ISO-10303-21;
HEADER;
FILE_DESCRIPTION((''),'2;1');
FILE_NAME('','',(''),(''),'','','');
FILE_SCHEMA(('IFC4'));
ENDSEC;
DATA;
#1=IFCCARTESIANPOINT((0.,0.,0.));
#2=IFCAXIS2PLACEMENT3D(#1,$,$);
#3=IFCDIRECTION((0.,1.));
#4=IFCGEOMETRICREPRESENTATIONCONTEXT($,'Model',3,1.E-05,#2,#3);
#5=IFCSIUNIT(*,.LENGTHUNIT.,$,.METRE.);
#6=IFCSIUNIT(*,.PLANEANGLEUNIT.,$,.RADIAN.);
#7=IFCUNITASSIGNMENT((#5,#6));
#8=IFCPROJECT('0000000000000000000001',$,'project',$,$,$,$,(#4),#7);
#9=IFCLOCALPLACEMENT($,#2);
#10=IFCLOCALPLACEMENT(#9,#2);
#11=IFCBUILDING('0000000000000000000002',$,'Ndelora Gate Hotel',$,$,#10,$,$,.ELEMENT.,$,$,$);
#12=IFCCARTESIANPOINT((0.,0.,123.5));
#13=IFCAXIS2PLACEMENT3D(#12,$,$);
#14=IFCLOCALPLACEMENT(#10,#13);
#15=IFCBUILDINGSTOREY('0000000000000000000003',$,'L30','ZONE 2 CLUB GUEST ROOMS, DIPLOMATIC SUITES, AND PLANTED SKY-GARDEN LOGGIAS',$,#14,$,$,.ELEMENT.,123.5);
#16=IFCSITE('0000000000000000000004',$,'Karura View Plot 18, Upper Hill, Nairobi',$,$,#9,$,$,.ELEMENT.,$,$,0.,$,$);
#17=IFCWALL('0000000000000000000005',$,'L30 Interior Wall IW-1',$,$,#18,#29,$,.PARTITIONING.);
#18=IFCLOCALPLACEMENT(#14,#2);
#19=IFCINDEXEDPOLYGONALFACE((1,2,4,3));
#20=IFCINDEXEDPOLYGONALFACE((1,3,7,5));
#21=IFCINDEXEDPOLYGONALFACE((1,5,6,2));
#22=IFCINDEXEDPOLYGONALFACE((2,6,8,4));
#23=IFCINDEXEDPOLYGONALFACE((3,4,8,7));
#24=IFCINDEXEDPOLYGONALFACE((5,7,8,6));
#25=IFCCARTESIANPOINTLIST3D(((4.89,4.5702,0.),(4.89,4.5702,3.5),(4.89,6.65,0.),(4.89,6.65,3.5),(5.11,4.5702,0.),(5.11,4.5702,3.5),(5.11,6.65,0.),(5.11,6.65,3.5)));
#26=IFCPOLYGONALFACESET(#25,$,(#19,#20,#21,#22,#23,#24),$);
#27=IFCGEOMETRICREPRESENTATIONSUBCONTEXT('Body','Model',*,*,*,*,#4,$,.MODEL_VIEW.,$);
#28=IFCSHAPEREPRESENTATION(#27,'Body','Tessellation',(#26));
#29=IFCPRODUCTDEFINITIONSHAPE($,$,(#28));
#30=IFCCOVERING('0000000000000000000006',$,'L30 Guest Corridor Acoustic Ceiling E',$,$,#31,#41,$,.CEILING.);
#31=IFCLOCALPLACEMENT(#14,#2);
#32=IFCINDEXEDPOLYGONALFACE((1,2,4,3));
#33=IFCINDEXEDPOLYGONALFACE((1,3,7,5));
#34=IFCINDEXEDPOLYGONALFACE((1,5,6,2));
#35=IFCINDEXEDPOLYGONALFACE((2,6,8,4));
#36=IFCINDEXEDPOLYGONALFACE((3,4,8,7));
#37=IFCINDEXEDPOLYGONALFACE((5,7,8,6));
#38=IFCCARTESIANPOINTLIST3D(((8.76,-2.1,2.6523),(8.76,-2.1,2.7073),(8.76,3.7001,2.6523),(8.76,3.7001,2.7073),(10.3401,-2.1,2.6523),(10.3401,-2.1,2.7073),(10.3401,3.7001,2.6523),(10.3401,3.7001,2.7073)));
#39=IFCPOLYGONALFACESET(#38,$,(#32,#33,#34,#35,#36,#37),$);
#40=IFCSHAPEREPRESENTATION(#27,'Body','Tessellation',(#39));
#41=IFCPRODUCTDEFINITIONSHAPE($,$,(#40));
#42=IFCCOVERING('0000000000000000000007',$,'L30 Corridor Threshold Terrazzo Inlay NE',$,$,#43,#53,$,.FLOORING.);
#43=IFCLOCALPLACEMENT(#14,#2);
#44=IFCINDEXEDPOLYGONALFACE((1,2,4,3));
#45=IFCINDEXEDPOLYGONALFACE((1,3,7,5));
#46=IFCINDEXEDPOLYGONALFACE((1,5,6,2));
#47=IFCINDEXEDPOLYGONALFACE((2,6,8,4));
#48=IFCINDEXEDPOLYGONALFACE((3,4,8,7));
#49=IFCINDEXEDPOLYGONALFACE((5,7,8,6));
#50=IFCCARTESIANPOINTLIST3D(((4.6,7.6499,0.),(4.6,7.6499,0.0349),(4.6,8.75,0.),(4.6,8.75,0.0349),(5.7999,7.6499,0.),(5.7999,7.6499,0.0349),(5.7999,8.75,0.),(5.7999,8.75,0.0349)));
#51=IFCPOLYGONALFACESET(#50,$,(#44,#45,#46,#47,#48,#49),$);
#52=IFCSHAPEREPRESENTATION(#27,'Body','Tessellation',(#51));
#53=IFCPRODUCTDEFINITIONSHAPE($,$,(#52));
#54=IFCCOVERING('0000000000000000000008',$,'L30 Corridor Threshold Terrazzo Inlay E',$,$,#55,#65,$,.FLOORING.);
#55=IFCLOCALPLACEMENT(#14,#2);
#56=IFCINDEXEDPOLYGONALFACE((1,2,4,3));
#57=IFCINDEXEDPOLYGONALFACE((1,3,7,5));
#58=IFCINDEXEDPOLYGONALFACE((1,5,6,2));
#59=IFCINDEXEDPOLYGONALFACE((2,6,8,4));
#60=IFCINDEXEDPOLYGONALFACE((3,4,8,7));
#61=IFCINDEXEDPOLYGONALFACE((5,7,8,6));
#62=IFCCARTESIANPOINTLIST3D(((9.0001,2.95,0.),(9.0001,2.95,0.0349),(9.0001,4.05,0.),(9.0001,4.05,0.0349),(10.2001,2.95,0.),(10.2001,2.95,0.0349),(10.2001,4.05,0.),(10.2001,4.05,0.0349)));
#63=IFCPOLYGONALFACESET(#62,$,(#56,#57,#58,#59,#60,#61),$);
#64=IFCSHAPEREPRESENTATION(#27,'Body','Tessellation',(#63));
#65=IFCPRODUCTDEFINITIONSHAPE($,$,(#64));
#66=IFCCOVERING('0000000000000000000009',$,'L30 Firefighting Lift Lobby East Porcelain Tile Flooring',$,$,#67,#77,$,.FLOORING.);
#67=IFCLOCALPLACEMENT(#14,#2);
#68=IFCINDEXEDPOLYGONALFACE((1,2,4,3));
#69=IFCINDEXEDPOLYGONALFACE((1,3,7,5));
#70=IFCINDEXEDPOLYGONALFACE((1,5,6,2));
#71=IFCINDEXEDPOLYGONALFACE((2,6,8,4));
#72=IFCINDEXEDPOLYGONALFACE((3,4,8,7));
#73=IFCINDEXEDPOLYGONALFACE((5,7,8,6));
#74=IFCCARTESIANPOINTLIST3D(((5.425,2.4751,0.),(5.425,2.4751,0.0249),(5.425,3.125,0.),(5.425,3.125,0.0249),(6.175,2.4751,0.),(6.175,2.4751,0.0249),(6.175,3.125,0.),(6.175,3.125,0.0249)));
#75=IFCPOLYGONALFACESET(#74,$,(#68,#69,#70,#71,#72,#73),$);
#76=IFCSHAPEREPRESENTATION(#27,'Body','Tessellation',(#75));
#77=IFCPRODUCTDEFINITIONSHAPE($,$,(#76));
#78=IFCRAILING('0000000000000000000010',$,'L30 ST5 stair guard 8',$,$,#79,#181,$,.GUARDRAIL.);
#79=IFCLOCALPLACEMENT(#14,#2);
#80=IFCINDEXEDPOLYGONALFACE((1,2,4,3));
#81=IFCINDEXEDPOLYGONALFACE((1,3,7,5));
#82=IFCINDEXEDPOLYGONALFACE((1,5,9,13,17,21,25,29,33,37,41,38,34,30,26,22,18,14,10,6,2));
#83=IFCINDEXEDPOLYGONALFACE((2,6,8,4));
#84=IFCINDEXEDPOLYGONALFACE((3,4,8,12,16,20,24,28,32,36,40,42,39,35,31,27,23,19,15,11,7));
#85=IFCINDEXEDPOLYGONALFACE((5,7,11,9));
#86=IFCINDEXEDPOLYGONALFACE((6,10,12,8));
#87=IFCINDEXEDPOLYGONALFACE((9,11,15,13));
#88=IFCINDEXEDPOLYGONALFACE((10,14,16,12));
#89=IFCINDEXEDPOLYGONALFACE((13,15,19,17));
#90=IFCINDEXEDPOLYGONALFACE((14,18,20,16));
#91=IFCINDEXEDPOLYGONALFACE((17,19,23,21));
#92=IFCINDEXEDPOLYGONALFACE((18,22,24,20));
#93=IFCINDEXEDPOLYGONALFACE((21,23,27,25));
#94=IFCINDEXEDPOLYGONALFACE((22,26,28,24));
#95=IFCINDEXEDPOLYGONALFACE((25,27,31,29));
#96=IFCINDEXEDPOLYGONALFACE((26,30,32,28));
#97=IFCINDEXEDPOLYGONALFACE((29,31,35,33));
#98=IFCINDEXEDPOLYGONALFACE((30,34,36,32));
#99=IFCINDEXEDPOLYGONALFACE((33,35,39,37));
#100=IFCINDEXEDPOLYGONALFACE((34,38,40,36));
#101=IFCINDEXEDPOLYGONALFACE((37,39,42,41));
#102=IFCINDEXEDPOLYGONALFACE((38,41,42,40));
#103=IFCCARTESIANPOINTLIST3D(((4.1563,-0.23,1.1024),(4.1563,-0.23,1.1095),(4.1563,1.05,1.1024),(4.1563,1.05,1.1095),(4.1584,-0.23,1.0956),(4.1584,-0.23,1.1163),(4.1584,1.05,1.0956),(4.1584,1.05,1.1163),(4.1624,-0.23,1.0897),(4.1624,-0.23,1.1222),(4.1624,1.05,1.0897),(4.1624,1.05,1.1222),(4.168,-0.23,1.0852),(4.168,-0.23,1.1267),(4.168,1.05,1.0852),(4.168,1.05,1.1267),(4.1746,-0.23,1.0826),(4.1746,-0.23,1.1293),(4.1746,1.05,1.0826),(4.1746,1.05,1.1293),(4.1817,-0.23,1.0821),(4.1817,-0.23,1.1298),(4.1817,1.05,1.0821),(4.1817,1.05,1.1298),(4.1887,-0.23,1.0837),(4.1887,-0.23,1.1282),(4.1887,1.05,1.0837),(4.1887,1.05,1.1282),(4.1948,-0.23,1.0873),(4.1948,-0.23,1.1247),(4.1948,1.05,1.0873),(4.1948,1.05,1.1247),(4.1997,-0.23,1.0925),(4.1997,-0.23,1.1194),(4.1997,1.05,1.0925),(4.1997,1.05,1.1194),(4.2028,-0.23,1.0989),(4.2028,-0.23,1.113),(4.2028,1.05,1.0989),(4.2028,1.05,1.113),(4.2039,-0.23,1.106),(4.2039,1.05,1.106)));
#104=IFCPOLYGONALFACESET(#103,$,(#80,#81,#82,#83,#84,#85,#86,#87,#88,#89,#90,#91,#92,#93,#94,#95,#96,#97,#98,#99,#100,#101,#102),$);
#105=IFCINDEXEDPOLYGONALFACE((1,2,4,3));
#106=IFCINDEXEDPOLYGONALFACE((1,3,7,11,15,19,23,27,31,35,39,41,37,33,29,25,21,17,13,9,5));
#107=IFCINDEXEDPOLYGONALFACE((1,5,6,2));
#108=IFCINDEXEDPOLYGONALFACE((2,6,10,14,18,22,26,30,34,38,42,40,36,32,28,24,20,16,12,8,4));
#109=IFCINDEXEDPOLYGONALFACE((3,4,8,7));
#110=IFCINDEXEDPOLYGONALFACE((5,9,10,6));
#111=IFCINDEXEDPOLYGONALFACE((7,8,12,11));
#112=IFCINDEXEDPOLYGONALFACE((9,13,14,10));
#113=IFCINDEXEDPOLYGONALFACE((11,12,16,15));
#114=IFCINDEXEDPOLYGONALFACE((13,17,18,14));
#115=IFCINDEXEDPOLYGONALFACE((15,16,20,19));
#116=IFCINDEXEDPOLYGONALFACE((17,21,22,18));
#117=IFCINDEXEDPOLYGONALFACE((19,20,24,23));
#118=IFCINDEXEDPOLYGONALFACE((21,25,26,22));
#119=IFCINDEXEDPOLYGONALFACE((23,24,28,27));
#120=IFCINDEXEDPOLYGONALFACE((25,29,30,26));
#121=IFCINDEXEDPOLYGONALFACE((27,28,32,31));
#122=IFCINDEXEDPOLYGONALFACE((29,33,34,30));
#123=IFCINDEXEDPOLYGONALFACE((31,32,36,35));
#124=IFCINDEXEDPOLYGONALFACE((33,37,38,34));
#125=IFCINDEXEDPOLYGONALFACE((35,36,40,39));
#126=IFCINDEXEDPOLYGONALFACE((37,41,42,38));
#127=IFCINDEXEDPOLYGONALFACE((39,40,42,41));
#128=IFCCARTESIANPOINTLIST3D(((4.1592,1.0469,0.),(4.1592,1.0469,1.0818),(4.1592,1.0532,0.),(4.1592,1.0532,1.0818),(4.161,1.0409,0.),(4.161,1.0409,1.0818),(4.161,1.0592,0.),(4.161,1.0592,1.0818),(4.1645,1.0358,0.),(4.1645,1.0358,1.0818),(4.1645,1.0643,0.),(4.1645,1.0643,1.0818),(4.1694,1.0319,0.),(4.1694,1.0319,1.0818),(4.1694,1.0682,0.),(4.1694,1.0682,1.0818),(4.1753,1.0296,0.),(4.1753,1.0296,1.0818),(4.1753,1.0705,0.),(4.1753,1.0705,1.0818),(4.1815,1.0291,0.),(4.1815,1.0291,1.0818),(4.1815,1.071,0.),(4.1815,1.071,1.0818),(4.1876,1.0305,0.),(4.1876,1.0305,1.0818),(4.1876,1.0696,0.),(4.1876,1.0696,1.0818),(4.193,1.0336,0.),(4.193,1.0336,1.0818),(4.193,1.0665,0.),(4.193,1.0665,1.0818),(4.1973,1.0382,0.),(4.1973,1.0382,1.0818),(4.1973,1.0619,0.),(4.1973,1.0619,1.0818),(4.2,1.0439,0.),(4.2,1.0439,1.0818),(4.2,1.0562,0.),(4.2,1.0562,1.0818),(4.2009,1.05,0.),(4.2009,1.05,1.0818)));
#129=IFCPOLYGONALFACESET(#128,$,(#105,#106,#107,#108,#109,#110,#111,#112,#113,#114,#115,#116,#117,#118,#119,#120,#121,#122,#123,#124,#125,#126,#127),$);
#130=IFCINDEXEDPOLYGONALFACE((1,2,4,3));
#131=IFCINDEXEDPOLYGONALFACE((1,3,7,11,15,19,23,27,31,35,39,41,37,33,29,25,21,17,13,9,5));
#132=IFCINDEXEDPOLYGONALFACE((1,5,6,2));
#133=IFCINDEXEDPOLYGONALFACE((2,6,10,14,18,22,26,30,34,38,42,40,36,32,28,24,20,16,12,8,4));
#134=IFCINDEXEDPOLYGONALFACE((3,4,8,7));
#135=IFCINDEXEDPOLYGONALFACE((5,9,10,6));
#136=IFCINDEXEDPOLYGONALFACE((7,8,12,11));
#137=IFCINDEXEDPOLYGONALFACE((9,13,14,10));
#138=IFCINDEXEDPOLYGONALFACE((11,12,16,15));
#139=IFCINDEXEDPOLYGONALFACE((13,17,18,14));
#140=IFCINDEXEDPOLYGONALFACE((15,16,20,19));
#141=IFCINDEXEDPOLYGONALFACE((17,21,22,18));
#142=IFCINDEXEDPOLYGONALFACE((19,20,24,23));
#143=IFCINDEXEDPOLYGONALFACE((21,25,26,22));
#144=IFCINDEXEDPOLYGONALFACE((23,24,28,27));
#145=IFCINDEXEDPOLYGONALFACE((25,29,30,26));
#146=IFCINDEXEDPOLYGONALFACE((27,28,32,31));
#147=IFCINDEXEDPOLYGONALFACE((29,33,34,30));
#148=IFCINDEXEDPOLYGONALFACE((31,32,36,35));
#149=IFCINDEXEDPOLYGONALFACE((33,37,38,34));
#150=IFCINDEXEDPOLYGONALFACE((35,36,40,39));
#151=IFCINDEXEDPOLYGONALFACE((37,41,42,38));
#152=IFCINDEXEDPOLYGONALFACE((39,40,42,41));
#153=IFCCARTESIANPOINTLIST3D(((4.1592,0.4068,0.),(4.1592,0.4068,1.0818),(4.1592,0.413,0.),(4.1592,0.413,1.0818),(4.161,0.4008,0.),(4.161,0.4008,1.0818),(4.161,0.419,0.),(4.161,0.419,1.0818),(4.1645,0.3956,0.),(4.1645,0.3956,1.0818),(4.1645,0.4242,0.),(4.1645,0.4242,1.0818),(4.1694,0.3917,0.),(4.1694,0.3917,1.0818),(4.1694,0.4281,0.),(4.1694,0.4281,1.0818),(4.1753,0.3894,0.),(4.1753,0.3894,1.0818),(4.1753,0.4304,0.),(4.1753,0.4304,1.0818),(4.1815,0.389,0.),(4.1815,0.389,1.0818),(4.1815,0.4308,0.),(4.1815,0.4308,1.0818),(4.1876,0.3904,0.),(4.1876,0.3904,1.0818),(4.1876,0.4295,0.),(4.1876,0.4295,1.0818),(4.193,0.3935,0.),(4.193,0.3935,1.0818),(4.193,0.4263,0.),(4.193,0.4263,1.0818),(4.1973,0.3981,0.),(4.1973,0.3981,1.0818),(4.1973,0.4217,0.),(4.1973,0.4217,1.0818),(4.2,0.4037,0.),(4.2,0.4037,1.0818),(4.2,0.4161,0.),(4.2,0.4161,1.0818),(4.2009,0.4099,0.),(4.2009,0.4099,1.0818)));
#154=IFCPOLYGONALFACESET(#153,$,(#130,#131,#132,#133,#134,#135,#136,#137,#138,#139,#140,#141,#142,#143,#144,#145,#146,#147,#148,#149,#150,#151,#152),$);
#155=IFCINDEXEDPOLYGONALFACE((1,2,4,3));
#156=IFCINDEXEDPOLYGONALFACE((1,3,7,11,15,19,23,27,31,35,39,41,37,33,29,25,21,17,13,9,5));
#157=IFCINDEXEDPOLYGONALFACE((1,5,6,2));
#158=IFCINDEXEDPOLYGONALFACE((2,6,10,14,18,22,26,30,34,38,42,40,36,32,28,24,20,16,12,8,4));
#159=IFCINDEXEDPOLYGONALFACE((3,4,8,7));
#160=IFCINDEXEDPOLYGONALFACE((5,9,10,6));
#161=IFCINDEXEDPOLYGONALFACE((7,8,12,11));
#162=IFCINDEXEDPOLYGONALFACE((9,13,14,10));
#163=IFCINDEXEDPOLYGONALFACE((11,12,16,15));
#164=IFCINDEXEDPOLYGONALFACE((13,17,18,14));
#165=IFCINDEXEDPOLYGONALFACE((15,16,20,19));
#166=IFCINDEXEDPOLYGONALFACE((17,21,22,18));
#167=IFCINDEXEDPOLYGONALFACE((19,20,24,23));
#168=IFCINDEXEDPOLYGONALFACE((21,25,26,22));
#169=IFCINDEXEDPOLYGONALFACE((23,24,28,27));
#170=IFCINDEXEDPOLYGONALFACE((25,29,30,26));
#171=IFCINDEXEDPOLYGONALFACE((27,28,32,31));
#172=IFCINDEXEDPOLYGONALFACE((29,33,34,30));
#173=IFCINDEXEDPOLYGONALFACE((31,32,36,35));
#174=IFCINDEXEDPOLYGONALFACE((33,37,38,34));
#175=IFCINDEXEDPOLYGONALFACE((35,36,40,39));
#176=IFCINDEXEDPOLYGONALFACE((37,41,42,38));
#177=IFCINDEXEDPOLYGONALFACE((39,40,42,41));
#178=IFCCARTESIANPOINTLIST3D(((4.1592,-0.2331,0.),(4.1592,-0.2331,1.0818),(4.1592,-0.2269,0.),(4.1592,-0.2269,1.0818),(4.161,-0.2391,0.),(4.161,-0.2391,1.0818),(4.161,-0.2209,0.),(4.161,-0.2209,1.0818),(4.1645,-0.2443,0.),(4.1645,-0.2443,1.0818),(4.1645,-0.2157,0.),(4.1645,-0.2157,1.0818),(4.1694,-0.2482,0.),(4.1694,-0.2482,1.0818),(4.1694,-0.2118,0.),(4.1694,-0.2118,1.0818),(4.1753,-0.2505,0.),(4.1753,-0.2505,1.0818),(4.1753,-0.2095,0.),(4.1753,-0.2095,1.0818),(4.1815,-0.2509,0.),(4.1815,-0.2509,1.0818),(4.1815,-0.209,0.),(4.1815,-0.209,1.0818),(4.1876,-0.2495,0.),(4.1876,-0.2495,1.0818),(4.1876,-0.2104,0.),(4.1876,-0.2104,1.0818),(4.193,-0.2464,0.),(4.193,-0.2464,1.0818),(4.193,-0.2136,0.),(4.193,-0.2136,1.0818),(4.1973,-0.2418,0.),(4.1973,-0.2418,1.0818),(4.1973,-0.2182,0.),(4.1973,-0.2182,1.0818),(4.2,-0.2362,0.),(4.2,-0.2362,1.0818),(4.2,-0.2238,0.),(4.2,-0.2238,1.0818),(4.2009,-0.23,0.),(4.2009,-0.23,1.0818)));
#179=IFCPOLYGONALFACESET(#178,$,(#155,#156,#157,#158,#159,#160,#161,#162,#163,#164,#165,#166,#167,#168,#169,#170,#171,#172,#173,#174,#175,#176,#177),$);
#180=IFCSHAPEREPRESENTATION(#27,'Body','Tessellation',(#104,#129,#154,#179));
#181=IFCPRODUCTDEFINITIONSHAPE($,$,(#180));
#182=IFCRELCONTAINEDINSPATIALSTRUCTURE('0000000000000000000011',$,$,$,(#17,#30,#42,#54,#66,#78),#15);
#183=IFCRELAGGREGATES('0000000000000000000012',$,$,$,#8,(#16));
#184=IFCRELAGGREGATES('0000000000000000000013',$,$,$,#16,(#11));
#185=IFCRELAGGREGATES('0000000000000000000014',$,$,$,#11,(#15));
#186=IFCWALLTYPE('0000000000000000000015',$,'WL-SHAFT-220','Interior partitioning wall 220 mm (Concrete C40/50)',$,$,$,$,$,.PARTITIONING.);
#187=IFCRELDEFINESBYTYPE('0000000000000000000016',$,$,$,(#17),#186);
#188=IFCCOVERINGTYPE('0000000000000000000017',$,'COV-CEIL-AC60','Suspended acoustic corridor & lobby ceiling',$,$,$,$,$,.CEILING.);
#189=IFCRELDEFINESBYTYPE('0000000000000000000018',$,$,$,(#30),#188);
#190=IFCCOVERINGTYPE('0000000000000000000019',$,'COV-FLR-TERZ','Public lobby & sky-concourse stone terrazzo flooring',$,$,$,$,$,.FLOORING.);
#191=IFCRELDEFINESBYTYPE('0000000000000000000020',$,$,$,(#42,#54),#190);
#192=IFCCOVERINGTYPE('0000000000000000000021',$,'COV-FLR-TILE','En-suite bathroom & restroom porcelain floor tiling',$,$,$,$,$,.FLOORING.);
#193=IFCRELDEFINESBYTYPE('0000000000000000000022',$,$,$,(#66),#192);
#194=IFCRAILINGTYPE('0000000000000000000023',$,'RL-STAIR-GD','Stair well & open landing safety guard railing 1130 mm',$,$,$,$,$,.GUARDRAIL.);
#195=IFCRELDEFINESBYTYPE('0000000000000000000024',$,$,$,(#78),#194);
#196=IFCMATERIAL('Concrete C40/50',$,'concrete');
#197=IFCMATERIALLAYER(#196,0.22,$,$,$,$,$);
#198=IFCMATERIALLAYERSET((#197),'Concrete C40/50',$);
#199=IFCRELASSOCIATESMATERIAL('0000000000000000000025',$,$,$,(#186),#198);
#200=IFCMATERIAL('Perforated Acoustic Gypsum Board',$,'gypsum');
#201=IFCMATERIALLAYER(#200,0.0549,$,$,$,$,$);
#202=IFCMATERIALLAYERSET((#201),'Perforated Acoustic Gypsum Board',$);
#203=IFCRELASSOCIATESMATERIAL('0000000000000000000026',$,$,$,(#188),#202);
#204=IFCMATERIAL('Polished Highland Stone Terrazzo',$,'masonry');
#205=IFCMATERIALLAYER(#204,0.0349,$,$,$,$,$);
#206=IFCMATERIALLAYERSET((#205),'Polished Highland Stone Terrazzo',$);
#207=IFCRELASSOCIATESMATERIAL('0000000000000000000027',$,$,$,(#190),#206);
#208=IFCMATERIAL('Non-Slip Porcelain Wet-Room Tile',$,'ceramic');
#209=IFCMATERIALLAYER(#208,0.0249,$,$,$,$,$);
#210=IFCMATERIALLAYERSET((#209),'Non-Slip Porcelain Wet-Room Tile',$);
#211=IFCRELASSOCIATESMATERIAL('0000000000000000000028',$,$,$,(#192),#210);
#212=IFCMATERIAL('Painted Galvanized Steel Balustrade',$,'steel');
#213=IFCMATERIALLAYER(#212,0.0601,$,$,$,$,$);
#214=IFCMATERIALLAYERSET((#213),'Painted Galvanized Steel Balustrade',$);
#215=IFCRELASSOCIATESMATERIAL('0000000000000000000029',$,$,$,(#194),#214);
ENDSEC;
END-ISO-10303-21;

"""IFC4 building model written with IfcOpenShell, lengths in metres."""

from ifc_helpers import new_model, si_unit, direction, frame, frame_2d, origin, origin_2d, place, context, subcontext, project, spatial, rectangle, circle, extrude, material, layer, layer_set, type_object, element, save


model = new_model("IFC4")

# Units and contexts
model_context = context("Model", 3, precision=1e-05, world=origin(), true_north=direction((0.0, 1.0)))
body_context = subcontext(model_context, "Body", "Model", "MODEL_VIEW")
ifc_project = project(units=[si_unit("LENGTHUNIT", "METRE"), si_unit("PLANEANGLEUNIT", "RADIAN")], contexts=[model_context])

# Site, building, storey
site_placement = place(None, origin())
site = spatial("IfcSite", under=ifc_project, at=site_placement, Name="Karura View Plot 18, Upper Hill, Nairobi", CompositionType="ELEMENT", RefElevation=0.0)
building_placement = place(site_placement, origin())
building = spatial("IfcBuilding", under=site, at=building_placement, Name="Ndelora Gate Hotel", CompositionType="ELEMENT")
storey_placement = place(building_placement, frame((0.0, 0.0, 123.5)))
storey = spatial("IfcBuildingStorey", under=building, at=storey_placement, Name="L30", Description="ZONE 2 CLUB GUEST ROOMS, DIPLOMATIC SUITES, AND PLANTED SKY-GARDEN LOGGIAS", CompositionType="ELEMENT", Elevation=123.5)

# Shared definitions
ifc_material_1 = material(Name="Concrete C40/50", Category="concrete")

# Shared definitions
ifc_layer_1 = layer(ifc_material_1, 0.22)
ifc_layer_set_1 = layer_set([ifc_layer_1], Name="Concrete C40/50")
wall_type_1 = type_object("IfcWallType", Name="WL-SHAFT-220", Description="Interior partitioning wall 220 mm (Concrete C40/50)", PredefinedType="PARTITIONING", material=ifc_layer_set_1)

# Wall
wall_1_placement = place(storey_placement, frame((5.0, 4.5701, 0.0), z_axis=(0.0, 0.0, 1.0), x_axis=(0.0, 1.0, 0.0)))
element("IfcWall", 1, at=wall_1_placement, inside=storey, type_object=wall_type_1, Name="L30 Interior Wall IW-1", PredefinedType="PARTITIONING", context=body_context, shape_type="SweptSolid", body=[
    extrude(rectangle(XDim=2.0798, YDim=0.22, at=frame_2d((1.04, 0.0))), origin(), (0.0, 0.0, 1.0), 3.5),
])

# Coverings
ifc_material_2 = material(Name="Perforated Acoustic Gypsum Board", Category="gypsum")
ifc_layer_2 = layer(ifc_material_2, 0.0549)
ifc_layer_set_2 = layer_set([ifc_layer_2], Name="Perforated Acoustic Gypsum Board")
covering_type_1 = type_object("IfcCoveringType", Name="COV-CEIL-AC60", Description="Suspended acoustic corridor & lobby ceiling", PredefinedType="CEILING", material=ifc_layer_set_2)
covering_1_placement = place(storey_placement, frame((9.55, 0.8, 2.6523), z_axis=(0.0, 0.0, 1.0), x_axis=(1.0, 0.0, 0.0)))
element("IfcCovering", 2, at=covering_1_placement, inside=storey, type_object=covering_type_1, Name="L30 Guest Corridor Acoustic Ceiling E", PredefinedType="CEILING", context=body_context, shape_type="SweptSolid", body=[
    extrude(rectangle(XDim=1.5801, YDim=5.8, at=origin_2d()), origin(), (0.0, 0.0, 1.0), 0.0549),
])
ifc_material_3 = material(Name="Polished Highland Stone Terrazzo", Category="masonry")
ifc_layer_3 = layer(ifc_material_3, 0.0349)
ifc_layer_set_3 = layer_set([ifc_layer_3], Name="Polished Highland Stone Terrazzo")
covering_type_2 = type_object("IfcCoveringType", Name="COV-FLR-TERZ", Description="Public lobby & sky-concourse stone terrazzo flooring", PredefinedType="FLOORING", material=ifc_layer_set_3)
for number, where, z_axis, x_axis, name in (
    (3, (5.2, 8.2, 0.0), (0.0, 0.0, 1.0), (1.0, 0.0, 0.0), "L30 Corridor Threshold Terrazzo Inlay NE"),
    (4, (9.6001, 3.5, 0.0), (0.0, 0.0, 1.0), (1.0, 0.0, 0.0), "L30 Corridor Threshold Terrazzo Inlay E"),
):
    element("IfcCovering", number, at=place(storey_placement, frame(where, z_axis=z_axis, x_axis=x_axis)), inside=storey, type_object=covering_type_2, Name=name, PredefinedType="FLOORING", context=body_context, shape_type="SweptSolid", body=[
        extrude(rectangle(XDim=1.2, YDim=1.1001, at=origin_2d()), origin(), (0.0, 0.0, 1.0), 0.0349),
    ])
ifc_material_4 = material(Name="Non-Slip Porcelain Wet-Room Tile", Category="ceramic")
ifc_layer_4 = layer(ifc_material_4, 0.0249)
ifc_layer_set_4 = layer_set([ifc_layer_4], Name="Non-Slip Porcelain Wet-Room Tile")
covering_type_3 = type_object("IfcCoveringType", Name="COV-FLR-TILE", Description="En-suite bathroom & restroom porcelain floor tiling", PredefinedType="FLOORING", material=ifc_layer_set_4)
covering_2_placement = place(storey_placement, frame((5.8, 2.8, 0.0), z_axis=(0.0, 0.0, 1.0), x_axis=(1.0, 0.0, 0.0)))
element("IfcCovering", 5, at=covering_2_placement, inside=storey, type_object=covering_type_3, Name="L30 Firefighting Lift Lobby East Porcelain Tile Flooring", PredefinedType="FLOORING", context=body_context, shape_type="SweptSolid", body=[
    extrude(rectangle(XDim=0.75, YDim=0.6499, at=origin_2d()), origin(), (0.0, 0.0, 1.0), 0.0249),
])

# Railing
ifc_material_5 = material(Name="Painted Galvanized Steel Balustrade", Category="steel")
ifc_layer_5 = layer(ifc_material_5, 0.0601)
ifc_layer_set_5 = layer_set([ifc_layer_5], Name="Painted Galvanized Steel Balustrade")
railing_type = type_object("IfcRailingType", Name="RL-STAIR-GD", Description="Stair well & open landing safety guard railing 1130 mm", PredefinedType="GUARDRAIL", material=ifc_layer_set_5)
for number, where, name in (
    (6, (4.1799, 1.05, 0.0), "L30 ST5 stair guard 8"),
):
    element("IfcRailing", number, at=place(storey_placement, frame(where)), inside=storey, type_object=railing_type, Name=name, PredefinedType="GUARDRAIL", context=body_context, shape_type="SweptSolid", body=[
        extrude(circle(Radius=0.0239, at=origin_2d()), frame((0.0, 0.0, 1.106), z_axis=(0.0, -1.0, 0.0), x_axis=(1.0, 0.0, 0.0)), (0.0, 0.0, 1.0), 1.28),
        extrude(circle(Radius=0.021, at=origin_2d()), origin(), (0.0, 0.0, 1.0), 1.0818),
        extrude(circle(Radius=0.021, at=origin_2d()), frame((0.0, -0.6401, 0.0)), (0.0, 0.0, 1.0), 1.0818),
        extrude(circle(Radius=0.021, at=origin_2d()), frame((0.0, -1.28, 0.0)), (0.0, 0.0, 1.0), 1.0818),
    ])

save(model, "model.ifc")
